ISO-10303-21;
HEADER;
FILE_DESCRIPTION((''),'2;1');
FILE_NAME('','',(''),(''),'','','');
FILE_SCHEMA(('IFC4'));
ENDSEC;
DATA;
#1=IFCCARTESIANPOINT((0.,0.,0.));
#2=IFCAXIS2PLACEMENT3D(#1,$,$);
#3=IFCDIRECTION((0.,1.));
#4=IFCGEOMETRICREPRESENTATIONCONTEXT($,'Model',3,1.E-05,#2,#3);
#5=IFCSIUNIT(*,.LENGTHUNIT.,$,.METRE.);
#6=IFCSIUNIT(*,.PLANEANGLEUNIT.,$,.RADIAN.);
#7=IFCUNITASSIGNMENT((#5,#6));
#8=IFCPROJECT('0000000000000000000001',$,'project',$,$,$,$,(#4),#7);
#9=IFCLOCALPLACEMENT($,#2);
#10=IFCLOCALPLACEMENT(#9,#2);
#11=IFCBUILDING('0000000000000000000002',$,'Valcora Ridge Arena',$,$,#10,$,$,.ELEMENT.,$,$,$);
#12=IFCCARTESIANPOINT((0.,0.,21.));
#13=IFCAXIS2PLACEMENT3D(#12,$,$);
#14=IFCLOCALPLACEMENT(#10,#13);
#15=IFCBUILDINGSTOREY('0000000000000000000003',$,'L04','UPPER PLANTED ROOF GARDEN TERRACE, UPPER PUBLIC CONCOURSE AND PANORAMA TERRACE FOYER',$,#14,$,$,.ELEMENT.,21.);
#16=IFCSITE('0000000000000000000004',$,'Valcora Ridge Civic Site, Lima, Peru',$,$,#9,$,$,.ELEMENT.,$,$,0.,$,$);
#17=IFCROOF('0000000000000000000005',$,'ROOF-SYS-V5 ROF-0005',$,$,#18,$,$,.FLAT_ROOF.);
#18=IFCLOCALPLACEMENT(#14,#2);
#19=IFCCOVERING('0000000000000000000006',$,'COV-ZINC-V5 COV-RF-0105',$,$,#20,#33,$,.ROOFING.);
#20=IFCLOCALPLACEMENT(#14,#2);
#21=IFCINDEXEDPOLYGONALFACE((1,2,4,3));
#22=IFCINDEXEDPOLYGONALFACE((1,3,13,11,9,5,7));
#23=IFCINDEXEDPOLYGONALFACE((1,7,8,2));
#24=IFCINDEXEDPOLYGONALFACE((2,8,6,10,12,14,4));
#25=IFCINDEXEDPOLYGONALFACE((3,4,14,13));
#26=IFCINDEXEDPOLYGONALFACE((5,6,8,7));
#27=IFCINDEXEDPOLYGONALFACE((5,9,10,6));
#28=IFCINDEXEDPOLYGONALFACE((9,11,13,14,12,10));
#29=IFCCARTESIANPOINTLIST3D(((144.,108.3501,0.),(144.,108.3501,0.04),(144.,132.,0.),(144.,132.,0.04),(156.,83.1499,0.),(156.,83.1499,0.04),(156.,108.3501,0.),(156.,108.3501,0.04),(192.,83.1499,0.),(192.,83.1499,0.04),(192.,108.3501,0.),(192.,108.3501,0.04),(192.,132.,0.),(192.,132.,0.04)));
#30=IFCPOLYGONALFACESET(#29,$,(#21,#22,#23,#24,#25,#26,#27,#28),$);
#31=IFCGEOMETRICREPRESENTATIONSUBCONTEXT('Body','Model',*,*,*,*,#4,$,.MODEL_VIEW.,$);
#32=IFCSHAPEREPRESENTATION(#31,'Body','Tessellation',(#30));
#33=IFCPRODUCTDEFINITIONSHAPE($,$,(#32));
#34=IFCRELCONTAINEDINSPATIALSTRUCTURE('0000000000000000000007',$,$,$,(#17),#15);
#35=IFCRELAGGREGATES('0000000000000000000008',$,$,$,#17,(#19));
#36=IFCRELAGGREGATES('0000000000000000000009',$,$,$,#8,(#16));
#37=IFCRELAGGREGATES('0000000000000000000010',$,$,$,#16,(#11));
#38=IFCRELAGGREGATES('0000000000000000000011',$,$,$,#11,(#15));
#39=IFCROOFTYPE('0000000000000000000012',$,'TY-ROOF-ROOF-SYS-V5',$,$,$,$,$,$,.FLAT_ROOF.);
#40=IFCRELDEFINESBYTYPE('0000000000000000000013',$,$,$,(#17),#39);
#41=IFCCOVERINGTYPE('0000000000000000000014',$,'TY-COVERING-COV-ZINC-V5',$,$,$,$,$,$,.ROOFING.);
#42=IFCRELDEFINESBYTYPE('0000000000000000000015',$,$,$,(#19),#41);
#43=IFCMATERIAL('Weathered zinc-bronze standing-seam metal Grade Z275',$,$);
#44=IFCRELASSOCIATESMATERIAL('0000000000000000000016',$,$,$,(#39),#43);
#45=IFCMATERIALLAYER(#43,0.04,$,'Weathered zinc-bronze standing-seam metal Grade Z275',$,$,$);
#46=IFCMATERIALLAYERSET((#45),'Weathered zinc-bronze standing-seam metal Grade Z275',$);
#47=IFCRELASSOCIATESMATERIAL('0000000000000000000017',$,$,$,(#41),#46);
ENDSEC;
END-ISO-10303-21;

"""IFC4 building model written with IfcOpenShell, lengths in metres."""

from ifc_helpers import new_model, si_unit, direction, frame, origin, place, context, subcontext, project, spatial, polyline, outline, extrude, material, layer, layer_set, type_object, element, aggregate, save


model = new_model("IFC4")

# Units and contexts
model_context = context("Model", 3, precision=1e-05, world=origin(), true_north=direction((0.0, 1.0)))
body_context = subcontext(model_context, "Body", "Model", "MODEL_VIEW")
ifc_project = project(units=[si_unit("LENGTHUNIT", "METRE"), si_unit("PLANEANGLEUNIT", "RADIAN")], contexts=[model_context])

# Site, building, storey
site_placement = place(None, origin())
site = spatial("IfcSite", under=ifc_project, at=site_placement, Name="Valcora Ridge Civic Site, Lima, Peru", CompositionType="ELEMENT", RefElevation=0.0)
building_placement = place(site_placement, origin())
building = spatial("IfcBuilding", under=site, at=building_placement, Name="Valcora Ridge Arena", CompositionType="ELEMENT")
storey_placement = place(building_placement, frame((0.0, 0.0, 21.0)))
storey = spatial("IfcBuildingStorey", under=building, at=storey_placement, Name="L04", Description="UPPER PLANTED ROOF GARDEN TERRACE, UPPER PUBLIC CONCOURSE AND PANORAMA TERRACE FOYER", CompositionType="ELEMENT", Elevation=21.0)

# Roof, covering
ifc_material_1 = material(Name="Weathered zinc-bronze standing-seam metal Grade Z275")
roof_type = type_object("IfcRoofType", Name="TY-ROOF-ROOF-SYS-V5", PredefinedType="FLAT_ROOF", material=ifc_material_1)
roof_placement = place(storey_placement, origin())
roof = element("IfcRoof", 1, at=roof_placement, inside=storey, type_object=roof_type, Name="ROOF-SYS-V5 ROF-0005", PredefinedType="FLAT_ROOF")
ifc_layer_1 = layer(ifc_material_1, 0.04, Name="Weathered zinc-bronze standing-seam metal Grade Z275")
ifc_layer_set_1 = layer_set([ifc_layer_1], Name="Weathered zinc-bronze standing-seam metal Grade Z275")
covering_type_1 = type_object("IfcCoveringType", Name="TY-COVERING-COV-ZINC-V5", PredefinedType="ROOFING", material=ifc_layer_set_1)
covering_1_placement = place(storey_placement, origin())
covering_1 = element("IfcCovering", 2, at=covering_1_placement, type_object=covering_type_1, Name="COV-ZINC-V5 COV-RF-0105", PredefinedType="ROOFING", context=body_context, shape_type="SweptSolid", body=[
    extrude(outline(polyline([(156.0, 83.1499), (192.0, 83.1499), (192.0, 108.3501), (192.0, 132.0), (144.0, 132.0), (144.0, 108.3501), (156.0, 108.3501), (156.0, 83.1499)])), origin(), (0.0, 0.0, 1.0), 0.04),
])
aggregate(roof, [covering_1])

save(model, "model.ifc")
